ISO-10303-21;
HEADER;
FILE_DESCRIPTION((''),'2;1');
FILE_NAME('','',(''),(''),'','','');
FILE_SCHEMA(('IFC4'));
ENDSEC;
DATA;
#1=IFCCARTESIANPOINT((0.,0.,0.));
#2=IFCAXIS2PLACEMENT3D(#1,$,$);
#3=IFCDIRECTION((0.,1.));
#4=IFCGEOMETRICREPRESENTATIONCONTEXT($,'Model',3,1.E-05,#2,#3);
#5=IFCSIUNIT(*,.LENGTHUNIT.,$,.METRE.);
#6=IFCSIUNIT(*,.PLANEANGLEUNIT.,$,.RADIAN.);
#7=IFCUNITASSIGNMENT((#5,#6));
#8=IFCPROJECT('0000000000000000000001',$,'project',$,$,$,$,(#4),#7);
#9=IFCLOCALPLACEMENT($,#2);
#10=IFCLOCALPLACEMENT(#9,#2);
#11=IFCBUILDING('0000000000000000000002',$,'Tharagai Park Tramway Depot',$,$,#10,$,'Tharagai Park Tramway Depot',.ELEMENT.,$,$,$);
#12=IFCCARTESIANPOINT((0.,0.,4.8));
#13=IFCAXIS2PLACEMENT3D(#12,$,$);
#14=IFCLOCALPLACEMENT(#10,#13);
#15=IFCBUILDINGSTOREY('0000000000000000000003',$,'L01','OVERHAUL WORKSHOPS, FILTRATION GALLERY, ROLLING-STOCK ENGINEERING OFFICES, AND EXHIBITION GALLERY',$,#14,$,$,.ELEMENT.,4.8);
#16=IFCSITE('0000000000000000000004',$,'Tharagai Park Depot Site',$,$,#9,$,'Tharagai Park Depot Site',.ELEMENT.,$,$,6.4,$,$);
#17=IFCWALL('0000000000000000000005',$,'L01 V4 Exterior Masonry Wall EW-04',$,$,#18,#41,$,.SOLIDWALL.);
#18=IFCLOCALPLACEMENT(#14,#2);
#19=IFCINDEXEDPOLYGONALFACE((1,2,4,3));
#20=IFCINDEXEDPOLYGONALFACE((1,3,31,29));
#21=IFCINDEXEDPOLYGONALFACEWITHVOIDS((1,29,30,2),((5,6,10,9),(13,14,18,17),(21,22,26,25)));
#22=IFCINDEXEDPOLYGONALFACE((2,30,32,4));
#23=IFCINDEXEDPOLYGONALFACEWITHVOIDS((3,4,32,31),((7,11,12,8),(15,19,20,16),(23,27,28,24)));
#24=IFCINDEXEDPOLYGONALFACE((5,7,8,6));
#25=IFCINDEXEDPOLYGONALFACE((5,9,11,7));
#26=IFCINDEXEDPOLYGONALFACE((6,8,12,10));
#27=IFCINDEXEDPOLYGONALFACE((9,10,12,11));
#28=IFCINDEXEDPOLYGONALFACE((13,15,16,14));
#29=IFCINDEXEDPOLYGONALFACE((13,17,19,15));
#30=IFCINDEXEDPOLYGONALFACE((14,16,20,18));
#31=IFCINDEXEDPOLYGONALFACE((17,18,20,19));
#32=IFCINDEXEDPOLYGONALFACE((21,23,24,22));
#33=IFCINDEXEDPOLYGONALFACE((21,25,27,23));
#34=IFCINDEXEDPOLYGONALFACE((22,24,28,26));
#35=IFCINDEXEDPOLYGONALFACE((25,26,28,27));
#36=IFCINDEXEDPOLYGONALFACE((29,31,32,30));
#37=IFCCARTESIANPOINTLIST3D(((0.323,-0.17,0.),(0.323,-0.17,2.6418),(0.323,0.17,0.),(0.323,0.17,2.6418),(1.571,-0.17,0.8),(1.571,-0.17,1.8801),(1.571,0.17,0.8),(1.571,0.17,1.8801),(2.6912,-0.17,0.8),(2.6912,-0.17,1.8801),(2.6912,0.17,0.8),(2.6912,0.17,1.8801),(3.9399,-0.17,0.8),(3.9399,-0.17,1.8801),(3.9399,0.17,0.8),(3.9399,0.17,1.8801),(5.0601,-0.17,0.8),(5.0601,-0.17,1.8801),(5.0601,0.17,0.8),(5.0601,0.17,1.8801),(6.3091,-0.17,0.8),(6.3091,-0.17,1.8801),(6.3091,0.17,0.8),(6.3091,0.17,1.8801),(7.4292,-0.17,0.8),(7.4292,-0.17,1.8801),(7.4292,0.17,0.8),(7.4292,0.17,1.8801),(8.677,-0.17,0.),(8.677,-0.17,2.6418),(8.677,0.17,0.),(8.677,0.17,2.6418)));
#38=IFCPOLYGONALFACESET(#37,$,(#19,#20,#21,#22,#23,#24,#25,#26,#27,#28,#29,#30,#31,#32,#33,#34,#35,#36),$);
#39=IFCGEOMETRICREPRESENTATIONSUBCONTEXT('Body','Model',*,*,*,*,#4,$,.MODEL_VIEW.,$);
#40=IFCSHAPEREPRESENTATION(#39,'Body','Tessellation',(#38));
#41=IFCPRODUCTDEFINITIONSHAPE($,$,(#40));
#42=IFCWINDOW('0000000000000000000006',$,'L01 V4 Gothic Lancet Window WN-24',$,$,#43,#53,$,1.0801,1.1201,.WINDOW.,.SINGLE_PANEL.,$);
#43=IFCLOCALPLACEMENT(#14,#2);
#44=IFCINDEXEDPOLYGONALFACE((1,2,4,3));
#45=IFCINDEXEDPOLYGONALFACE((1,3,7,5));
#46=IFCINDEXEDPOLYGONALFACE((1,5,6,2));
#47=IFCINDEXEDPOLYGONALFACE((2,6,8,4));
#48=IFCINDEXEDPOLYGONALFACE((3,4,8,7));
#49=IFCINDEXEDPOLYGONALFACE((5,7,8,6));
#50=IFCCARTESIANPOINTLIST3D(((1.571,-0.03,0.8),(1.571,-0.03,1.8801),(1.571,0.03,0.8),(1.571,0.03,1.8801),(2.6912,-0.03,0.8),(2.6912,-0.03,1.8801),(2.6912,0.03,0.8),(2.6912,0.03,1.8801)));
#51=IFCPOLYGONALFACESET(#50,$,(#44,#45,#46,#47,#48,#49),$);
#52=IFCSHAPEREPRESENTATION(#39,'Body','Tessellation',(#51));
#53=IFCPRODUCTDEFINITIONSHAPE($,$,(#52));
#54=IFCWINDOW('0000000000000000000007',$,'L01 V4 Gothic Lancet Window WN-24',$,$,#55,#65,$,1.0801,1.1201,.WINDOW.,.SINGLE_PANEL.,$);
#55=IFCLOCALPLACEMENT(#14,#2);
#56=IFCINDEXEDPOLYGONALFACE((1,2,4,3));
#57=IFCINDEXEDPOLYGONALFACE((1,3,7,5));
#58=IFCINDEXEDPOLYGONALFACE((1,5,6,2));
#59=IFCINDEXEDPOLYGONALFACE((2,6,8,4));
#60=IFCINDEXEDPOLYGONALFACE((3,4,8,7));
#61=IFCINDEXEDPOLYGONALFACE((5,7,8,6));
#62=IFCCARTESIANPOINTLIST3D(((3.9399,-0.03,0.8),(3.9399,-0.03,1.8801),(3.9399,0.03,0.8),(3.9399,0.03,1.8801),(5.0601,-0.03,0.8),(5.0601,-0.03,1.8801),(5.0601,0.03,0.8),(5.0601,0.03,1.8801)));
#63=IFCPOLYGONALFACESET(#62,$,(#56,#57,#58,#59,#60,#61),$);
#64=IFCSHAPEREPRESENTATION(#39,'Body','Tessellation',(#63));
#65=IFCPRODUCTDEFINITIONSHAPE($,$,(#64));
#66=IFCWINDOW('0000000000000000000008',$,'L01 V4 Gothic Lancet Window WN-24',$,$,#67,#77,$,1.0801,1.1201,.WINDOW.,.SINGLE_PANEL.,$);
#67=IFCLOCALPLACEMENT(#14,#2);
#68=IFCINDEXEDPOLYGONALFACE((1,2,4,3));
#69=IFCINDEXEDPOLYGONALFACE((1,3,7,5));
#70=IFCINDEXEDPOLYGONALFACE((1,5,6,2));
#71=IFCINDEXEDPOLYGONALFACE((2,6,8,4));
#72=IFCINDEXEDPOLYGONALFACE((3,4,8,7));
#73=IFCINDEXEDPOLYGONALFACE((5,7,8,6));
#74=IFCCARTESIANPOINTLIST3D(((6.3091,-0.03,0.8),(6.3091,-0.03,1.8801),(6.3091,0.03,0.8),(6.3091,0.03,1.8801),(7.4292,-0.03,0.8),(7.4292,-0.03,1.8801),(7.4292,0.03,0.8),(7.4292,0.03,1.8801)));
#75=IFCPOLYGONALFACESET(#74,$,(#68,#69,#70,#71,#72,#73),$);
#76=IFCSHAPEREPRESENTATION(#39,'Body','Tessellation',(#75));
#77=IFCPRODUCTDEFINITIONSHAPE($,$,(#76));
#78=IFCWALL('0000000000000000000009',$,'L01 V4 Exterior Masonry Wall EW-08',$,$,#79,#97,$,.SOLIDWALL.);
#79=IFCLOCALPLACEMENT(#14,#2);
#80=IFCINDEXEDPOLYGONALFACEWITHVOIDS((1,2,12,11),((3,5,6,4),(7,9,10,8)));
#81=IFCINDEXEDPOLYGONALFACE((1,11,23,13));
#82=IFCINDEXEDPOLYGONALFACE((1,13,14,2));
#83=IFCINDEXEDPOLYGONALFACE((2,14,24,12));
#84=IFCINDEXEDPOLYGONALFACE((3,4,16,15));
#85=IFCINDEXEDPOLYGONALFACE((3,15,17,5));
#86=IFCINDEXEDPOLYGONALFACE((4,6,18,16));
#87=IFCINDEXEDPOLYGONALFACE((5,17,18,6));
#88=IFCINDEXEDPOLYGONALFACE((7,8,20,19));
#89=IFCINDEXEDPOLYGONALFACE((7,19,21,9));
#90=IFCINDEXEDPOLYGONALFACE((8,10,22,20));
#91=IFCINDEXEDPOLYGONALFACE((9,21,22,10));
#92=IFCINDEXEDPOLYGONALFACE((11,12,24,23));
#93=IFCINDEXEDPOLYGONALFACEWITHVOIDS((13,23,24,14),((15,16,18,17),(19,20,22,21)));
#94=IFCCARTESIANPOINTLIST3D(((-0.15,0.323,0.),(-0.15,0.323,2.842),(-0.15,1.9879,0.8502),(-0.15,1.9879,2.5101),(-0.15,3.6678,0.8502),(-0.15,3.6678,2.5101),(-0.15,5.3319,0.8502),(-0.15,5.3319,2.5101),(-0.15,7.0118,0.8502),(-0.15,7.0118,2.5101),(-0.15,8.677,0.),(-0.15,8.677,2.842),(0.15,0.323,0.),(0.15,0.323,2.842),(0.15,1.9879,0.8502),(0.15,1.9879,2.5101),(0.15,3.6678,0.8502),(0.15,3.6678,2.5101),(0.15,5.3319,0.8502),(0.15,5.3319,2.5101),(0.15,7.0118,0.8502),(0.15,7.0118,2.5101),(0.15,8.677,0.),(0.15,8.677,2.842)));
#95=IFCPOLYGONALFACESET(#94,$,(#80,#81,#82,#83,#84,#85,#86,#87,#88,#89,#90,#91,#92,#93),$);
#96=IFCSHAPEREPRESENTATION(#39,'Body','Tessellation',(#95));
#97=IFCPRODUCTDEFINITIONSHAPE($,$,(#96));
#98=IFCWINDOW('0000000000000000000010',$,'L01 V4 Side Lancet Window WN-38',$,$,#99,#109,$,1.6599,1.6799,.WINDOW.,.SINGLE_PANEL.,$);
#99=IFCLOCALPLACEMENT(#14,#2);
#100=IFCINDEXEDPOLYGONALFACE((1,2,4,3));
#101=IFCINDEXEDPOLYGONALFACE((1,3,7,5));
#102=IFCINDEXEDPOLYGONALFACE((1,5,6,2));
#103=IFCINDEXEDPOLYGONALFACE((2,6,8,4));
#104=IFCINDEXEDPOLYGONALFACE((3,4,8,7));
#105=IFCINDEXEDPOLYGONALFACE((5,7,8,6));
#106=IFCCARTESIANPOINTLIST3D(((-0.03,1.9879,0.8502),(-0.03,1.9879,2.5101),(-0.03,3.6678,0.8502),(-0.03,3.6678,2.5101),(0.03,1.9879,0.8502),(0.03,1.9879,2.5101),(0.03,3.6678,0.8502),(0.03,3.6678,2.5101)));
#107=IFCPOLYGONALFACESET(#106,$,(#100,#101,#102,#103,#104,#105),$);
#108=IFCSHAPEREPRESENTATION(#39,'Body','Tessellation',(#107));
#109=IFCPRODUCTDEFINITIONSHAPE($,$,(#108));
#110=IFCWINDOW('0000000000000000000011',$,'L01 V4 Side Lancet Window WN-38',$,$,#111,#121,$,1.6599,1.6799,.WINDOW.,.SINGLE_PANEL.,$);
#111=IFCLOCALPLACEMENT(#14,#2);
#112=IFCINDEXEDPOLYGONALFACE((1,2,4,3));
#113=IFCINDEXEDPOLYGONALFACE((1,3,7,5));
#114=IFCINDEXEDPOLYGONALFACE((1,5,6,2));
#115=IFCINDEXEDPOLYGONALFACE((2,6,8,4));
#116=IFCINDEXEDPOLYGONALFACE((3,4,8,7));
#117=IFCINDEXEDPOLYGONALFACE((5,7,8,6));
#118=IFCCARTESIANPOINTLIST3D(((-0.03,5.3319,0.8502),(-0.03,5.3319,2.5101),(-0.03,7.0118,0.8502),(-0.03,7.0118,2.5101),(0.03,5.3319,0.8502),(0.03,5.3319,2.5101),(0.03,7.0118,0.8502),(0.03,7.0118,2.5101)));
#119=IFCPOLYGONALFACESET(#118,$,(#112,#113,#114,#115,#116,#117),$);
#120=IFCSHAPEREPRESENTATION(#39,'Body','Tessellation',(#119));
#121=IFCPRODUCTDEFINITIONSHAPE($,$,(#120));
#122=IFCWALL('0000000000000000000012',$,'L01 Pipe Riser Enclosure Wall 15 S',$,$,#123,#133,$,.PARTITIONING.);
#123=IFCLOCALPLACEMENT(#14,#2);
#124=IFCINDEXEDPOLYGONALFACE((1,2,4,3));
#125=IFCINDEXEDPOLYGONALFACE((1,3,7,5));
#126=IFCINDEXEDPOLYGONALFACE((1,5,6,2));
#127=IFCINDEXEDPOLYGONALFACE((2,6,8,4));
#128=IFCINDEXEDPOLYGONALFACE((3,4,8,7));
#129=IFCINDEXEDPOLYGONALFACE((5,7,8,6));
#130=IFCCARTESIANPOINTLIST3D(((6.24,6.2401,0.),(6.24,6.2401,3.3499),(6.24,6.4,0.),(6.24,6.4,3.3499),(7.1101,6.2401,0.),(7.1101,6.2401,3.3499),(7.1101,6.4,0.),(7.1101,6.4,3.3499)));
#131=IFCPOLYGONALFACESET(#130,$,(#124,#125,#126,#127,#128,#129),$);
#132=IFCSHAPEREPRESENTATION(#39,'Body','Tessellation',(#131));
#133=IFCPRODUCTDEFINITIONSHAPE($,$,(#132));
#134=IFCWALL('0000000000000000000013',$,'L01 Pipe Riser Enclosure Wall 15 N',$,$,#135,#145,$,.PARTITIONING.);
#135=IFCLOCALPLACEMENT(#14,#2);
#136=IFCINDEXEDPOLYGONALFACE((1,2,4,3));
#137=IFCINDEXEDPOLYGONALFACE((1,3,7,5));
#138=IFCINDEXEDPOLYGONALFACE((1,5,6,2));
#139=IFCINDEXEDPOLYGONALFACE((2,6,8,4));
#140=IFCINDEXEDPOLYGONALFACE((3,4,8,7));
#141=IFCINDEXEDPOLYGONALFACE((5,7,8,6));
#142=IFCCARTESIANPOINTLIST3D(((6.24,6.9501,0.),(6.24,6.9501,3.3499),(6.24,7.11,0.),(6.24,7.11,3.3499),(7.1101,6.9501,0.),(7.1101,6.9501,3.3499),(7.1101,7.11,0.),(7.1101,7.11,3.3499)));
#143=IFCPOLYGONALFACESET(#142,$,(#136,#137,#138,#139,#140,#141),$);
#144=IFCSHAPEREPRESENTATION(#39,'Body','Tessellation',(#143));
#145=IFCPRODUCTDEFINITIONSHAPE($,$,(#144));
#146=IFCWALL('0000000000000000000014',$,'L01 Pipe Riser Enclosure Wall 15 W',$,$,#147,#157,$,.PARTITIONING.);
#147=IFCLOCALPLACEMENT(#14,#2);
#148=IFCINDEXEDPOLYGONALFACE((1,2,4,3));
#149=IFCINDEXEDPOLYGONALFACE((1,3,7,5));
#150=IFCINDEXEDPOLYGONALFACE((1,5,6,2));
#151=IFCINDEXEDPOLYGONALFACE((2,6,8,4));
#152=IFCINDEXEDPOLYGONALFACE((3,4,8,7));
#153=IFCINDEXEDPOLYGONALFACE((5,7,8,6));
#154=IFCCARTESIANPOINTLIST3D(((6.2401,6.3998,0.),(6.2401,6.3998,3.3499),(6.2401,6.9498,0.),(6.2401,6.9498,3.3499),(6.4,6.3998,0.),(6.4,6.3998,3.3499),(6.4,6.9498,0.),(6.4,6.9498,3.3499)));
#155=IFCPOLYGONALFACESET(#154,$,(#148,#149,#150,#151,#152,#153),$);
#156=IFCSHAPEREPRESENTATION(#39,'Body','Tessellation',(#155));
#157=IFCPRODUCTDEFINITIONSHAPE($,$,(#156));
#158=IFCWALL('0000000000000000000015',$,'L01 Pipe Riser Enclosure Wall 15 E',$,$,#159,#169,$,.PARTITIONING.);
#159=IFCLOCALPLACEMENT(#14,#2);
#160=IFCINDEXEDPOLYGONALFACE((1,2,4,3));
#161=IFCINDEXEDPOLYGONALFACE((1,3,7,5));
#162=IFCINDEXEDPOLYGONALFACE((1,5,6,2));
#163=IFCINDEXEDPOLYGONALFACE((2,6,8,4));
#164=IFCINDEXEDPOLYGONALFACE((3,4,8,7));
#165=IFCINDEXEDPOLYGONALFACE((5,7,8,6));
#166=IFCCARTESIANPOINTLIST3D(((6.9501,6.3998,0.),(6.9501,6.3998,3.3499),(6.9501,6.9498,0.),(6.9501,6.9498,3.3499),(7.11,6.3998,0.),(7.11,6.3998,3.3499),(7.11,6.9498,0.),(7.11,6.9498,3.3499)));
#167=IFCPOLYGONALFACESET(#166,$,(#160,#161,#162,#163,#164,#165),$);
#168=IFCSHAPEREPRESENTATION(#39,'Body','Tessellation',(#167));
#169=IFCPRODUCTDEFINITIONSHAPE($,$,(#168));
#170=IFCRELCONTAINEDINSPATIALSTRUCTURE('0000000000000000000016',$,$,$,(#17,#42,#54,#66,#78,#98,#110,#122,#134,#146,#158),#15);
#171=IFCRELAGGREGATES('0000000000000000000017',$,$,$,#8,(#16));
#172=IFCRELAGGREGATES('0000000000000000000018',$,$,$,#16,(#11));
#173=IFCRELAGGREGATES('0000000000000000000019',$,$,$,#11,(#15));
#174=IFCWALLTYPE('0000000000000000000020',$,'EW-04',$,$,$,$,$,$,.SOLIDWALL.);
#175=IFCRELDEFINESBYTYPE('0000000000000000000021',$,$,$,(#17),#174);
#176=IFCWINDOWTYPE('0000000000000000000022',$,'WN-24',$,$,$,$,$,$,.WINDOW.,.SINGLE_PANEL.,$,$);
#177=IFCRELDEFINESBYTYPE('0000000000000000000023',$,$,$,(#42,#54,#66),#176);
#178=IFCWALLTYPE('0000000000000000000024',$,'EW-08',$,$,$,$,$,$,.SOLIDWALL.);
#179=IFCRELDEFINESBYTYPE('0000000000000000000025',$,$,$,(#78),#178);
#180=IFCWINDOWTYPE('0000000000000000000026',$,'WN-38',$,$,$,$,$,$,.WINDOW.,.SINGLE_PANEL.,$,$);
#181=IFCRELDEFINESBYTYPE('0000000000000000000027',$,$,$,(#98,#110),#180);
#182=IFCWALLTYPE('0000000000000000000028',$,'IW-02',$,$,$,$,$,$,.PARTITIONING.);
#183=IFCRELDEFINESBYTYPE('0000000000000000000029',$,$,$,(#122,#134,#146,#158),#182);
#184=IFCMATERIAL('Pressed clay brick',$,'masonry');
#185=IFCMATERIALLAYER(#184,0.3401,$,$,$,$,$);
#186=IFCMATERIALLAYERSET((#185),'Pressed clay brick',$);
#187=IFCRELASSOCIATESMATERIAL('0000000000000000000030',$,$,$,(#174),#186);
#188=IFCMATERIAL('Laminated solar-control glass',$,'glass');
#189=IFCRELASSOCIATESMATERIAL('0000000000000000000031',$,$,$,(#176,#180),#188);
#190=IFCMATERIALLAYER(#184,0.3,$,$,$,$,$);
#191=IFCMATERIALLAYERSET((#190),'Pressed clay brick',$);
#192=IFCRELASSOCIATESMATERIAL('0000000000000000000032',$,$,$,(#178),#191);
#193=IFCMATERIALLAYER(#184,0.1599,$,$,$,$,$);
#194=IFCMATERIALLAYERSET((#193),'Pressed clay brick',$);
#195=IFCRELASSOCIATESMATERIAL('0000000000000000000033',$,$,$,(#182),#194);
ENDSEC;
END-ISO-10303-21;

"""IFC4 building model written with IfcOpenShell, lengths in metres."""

from ifc_helpers import new_model, si_unit, direction, frame, frame_2d, origin, place, context, subcontext, project, spatial, rectangle, extrude, material, layer, layer_set, type_object, element, fill, save


model = new_model("IFC4")

# Units and contexts
model_context = context("Model", 3, precision=1e-05, world=origin(), true_north=direction((0.0, 1.0)))
body_context = subcontext(model_context, "Body", "Model", "MODEL_VIEW")
ifc_project = project(units=[si_unit("LENGTHUNIT", "METRE"), si_unit("PLANEANGLEUNIT", "RADIAN")], contexts=[model_context])

# Site, building, storey
site_placement = place(None, origin())
site = spatial("IfcSite", under=ifc_project, at=site_placement, Name="Tharagai Park Depot Site", LongName="Tharagai Park Depot Site", CompositionType="ELEMENT", RefElevation=6.4)
building_placement = place(site_placement, origin())
building = spatial("IfcBuilding", under=site, at=building_placement, Name="Tharagai Park Tramway Depot", LongName="Tharagai Park Tramway Depot", CompositionType="ELEMENT")
storey_placement = place(building_placement, frame((0.0, 0.0, 4.8)))
storey = spatial("IfcBuildingStorey", under=building, at=storey_placement, Name="L01", Description="OVERHAUL WORKSHOPS, FILTRATION GALLERY, ROLLING-STOCK ENGINEERING OFFICES, AND EXHIBITION GALLERY", CompositionType="ELEMENT", Elevation=4.8)

# Walls, openings, windows
ifc_material_1 = material(Name="Pressed clay brick", Category="masonry")
ifc_layer_1 = layer(ifc_material_1, 0.3401)
ifc_layer_set_1 = layer_set([ifc_layer_1], Name="Pressed clay brick")
wall_type_1 = type_object("IfcWallType", Name="EW-04", PredefinedType="SOLIDWALL", material=ifc_layer_set_1)
wall_1_placement = place(storey_placement, frame((0.323, 0.0, 0.0), z_axis=(0.0, 0.0, 1.0), x_axis=(1.0, 0.0, 0.0)))
wall_1 = element("IfcWall", 1, at=wall_1_placement, inside=storey, type_object=wall_type_1, Name="L01 V4 Exterior Masonry Wall EW-04", PredefinedType="SOLIDWALL", context=body_context, shape_type="SweptSolid", body=[
    extrude(rectangle(XDim=8.354, YDim=0.3401, at=frame_2d((4.177, 0.0))), origin(), (0.0, 0.0, 1.0), 2.6418),
])
opening_1_placement = place(wall_1_placement, frame((1.248, 0.0, 0.8)))
opening_1 = element("IfcOpeningElement", 2, at=opening_1_placement, cuts=wall_1, PredefinedType="OPENING", context=body_context, shape_type="SweptSolid", body=[
    extrude(rectangle(XDim=1.1201, YDim=1.0801, at=frame_2d((0.5601, 0.54))), frame((0.0, 0.1799, 0.0), z_axis=(0.0, -1.0, 0.0), x_axis=(1.0, 0.0, 0.0)), (0.0, 0.0, 1.0), 0.3601),
])
opening_2_placement = place(wall_1_placement, frame((3.6169, 0.0, 0.8)))
opening_2 = element("IfcOpeningElement", 3, at=opening_2_placement, cuts=wall_1, PredefinedType="OPENING", context=body_context, shape_type="SweptSolid", body=[
    extrude(rectangle(XDim=1.1201, YDim=1.0801, at=frame_2d((0.5601, 0.54))), frame((0.0, 0.1799, 0.0), z_axis=(0.0, -1.0, 0.0), x_axis=(1.0, 0.0, 0.0)), (0.0, 0.0, 1.0), 0.3601),
])
opening_3_placement = place(wall_1_placement, frame((5.9861, 0.0, 0.8)))
opening_3 = element("IfcOpeningElement", 4, at=opening_3_placement, cuts=wall_1, PredefinedType="OPENING", context=body_context, shape_type="SweptSolid", body=[
    extrude(rectangle(XDim=1.1201, YDim=1.0801, at=frame_2d((0.5601, 0.54))), frame((0.0, 0.1799, 0.0), z_axis=(0.0, -1.0, 0.0), x_axis=(1.0, 0.0, 0.0)), (0.0, 0.0, 1.0), 0.3601),
])
ifc_material_2 = material(Name="Laminated solar-control glass", Category="glass")
window_type_1 = type_object("IfcWindowType", Name="WN-24", PartitioningType="SINGLE_PANEL", PredefinedType="WINDOW", material=ifc_material_2)
window_1_placement = place(opening_1_placement, origin())
window_1 = element("IfcWindow", 5, at=window_1_placement, inside=storey, type_object=window_type_1, Name="L01 V4 Gothic Lancet Window WN-24", OverallHeight=1.0801, OverallWidth=1.1201, PartitioningType="SINGLE_PANEL", PredefinedType="WINDOW", context=body_context, shape_type="SweptSolid", body=[
    extrude(rectangle(XDim=1.1201, YDim=1.0801, at=frame_2d((0.5601, 0.54))), frame((0.0, 0.03, 0.0), z_axis=(0.0, -1.0, 0.0), x_axis=(1.0, 0.0, 0.0)), (0.0, 0.0, 1.0), 0.0601),
])
fill(opening_1, window_1)
window_2_placement = place(opening_2_placement, origin())
window_2 = element("IfcWindow", 6, at=window_2_placement, inside=storey, type_object=window_type_1, Name="L01 V4 Gothic Lancet Window WN-24", OverallHeight=1.0801, OverallWidth=1.1201, PartitioningType="SINGLE_PANEL", PredefinedType="WINDOW", context=body_context, shape_type="SweptSolid", body=[
    extrude(rectangle(XDim=1.1201, YDim=1.0801, at=frame_2d((0.5601, 0.54))), frame((0.0, 0.03, 0.0), z_axis=(0.0, -1.0, 0.0), x_axis=(1.0, 0.0, 0.0)), (0.0, 0.0, 1.0), 0.0601),
])
fill(opening_2, window_2)
window_3_placement = place(opening_3_placement, origin())
window_3 = element("IfcWindow", 7, at=window_3_placement, inside=storey, type_object=window_type_1, Name="L01 V4 Gothic Lancet Window WN-24", OverallHeight=1.0801, OverallWidth=1.1201, PartitioningType="SINGLE_PANEL", PredefinedType="WINDOW", context=body_context, shape_type="SweptSolid", body=[
    extrude(rectangle(XDim=1.1201, YDim=1.0801, at=frame_2d((0.5601, 0.54))), frame((0.0, 0.03, 0.0), z_axis=(0.0, -1.0, 0.0), x_axis=(1.0, 0.0, 0.0)), (0.0, 0.0, 1.0), 0.0601),
])
fill(opening_3, window_3)
ifc_layer_2 = layer(ifc_material_1, 0.3)
ifc_layer_set_2 = layer_set([ifc_layer_2], Name="Pressed clay brick")
wall_type_2 = type_object("IfcWallType", Name="EW-08", PredefinedType="SOLIDWALL", material=ifc_layer_set_2)
wall_2_placement = place(storey_placement, frame((0.0, 0.323, 0.0), z_axis=(0.0, 0.0, 1.0), x_axis=(0.0, 1.0, 0.0)))
wall_2 = element("IfcWall", 8, at=wall_2_placement, inside=storey, type_object=wall_type_2, Name="L01 V4 Exterior Masonry Wall EW-08", PredefinedType="SOLIDWALL", context=body_context, shape_type="SweptSolid", body=[
    extrude(rectangle(XDim=8.354, YDim=0.3, at=frame_2d((4.177, 0.0))), origin(), (0.0, 0.0, 1.0), 2.842),
])
opening_4_placement = place(wall_2_placement, frame((1.665, 0.0, 0.8501)))
opening_4 = element("IfcOpeningElement", 9, at=opening_4_placement, cuts=wall_2, PredefinedType="OPENING", context=body_context, shape_type="SweptSolid", body=[
    extrude(rectangle(XDim=1.6799, YDim=1.6599, at=frame_2d((0.8398, 0.8301))), frame((0.0, 0.1599, 0.0), z_axis=(0.0, -1.0, 0.0), x_axis=(1.0, 0.0, 0.0)), (0.0, 0.0, 1.0), 0.3201),
])
opening_5_placement = place(wall_2_placement, frame((5.009, 0.0, 0.8501)))
opening_5 = element("IfcOpeningElement", 10, at=opening_5_placement, cuts=wall_2, PredefinedType="OPENING", context=body_context, shape_type="SweptSolid", body=[
    extrude(rectangle(XDim=1.6799, YDim=1.6599, at=frame_2d((0.8398, 0.8301))), frame((0.0, 0.1599, 0.0), z_axis=(0.0, -1.0, 0.0), x_axis=(1.0, 0.0, 0.0)), (0.0, 0.0, 1.0), 0.3201),
])
window_type_2 = type_object("IfcWindowType", Name="WN-38", PartitioningType="SINGLE_PANEL", PredefinedType="WINDOW", material=ifc_material_2)
window_4_placement = place(opening_4_placement, origin())
window_4 = element("IfcWindow", 11, at=window_4_placement, inside=storey, type_object=window_type_2, Name="L01 V4 Side Lancet Window WN-38", OverallHeight=1.6599, OverallWidth=1.6799, PartitioningType="SINGLE_PANEL", PredefinedType="WINDOW", context=body_context, shape_type="SweptSolid", body=[
    extrude(rectangle(XDim=1.6799, YDim=1.6599, at=frame_2d((0.8398, 0.8301))), frame((0.0, 0.03, 0.0), z_axis=(0.0, -1.0, 0.0), x_axis=(1.0, 0.0, 0.0)), (0.0, 0.0, 1.0), 0.0601),
])
fill(opening_4, window_4)
window_5_placement = place(opening_5_placement, origin())
window_5 = element("IfcWindow", 12, at=window_5_placement, inside=storey, type_object=window_type_2, Name="L01 V4 Side Lancet Window WN-38", OverallHeight=1.6599, OverallWidth=1.6799, PartitioningType="SINGLE_PANEL", PredefinedType="WINDOW", context=body_context, shape_type="SweptSolid", body=[
    extrude(rectangle(XDim=1.6799, YDim=1.6599, at=frame_2d((0.8398, 0.8301))), frame((0.0, 0.03, 0.0), z_axis=(0.0, -1.0, 0.0), x_axis=(1.0, 0.0, 0.0)), (0.0, 0.0, 1.0), 0.0601),
])
fill(opening_5, window_5)

# Walls
ifc_layer_3 = layer(ifc_material_1, 0.1599)
ifc_layer_set_3 = layer_set([ifc_layer_3], Name="Pressed clay brick")
wall_type_3 = type_object("IfcWallType", Name="IW-02", PredefinedType="PARTITIONING", material=ifc_layer_set_3)
for number, where, z_axis, x_axis, name in (
    (13, (6.24, 6.3201, 0.0), (0.0, 0.0, 1.0), (1.0, 0.0, 0.0), "L01 Pipe Riser Enclosure Wall 15 S"),
    (14, (6.24, 7.03, 0.0), (0.0, 0.0, 1.0), (1.0, 0.0, 0.0), "L01 Pipe Riser Enclosure Wall 15 N"),
):
    element("IfcWall", number, at=place(storey_placement, frame(where, z_axis=z_axis, x_axis=x_axis)), inside=storey, type_object=wall_type_3, Name=name, PredefinedType="PARTITIONING", context=body_context, shape_type="SweptSolid", body=[
        extrude(rectangle(XDim=0.8701, YDim=0.1599, at=frame_2d((0.4351, 0.0))), origin(), (0.0, 0.0, 1.0), 3.3499),
    ])
for number, where, z_axis, x_axis, name in (
    (15, (6.3201, 6.3999, 0.0), (0.0, 0.0, 1.0), (0.0, 1.0, 0.0), "L01 Pipe Riser Enclosure Wall 15 W"),
    (16, (7.03, 6.3999, 0.0), (0.0, 0.0, 1.0), (0.0, 1.0, 0.0), "L01 Pipe Riser Enclosure Wall 15 E"),
):
    element("IfcWall", number, at=place(storey_placement, frame(where, z_axis=z_axis, x_axis=x_axis)), inside=storey, type_object=wall_type_3, Name=name, PredefinedType="PARTITIONING", context=body_context, shape_type="SweptSolid", body=[
        extrude(rectangle(XDim=0.55, YDim=0.1599, at=frame_2d((0.2749, 0.0))), origin(), (0.0, 0.0, 1.0), 3.3499),
    ])

save(model, "model.ifc")
